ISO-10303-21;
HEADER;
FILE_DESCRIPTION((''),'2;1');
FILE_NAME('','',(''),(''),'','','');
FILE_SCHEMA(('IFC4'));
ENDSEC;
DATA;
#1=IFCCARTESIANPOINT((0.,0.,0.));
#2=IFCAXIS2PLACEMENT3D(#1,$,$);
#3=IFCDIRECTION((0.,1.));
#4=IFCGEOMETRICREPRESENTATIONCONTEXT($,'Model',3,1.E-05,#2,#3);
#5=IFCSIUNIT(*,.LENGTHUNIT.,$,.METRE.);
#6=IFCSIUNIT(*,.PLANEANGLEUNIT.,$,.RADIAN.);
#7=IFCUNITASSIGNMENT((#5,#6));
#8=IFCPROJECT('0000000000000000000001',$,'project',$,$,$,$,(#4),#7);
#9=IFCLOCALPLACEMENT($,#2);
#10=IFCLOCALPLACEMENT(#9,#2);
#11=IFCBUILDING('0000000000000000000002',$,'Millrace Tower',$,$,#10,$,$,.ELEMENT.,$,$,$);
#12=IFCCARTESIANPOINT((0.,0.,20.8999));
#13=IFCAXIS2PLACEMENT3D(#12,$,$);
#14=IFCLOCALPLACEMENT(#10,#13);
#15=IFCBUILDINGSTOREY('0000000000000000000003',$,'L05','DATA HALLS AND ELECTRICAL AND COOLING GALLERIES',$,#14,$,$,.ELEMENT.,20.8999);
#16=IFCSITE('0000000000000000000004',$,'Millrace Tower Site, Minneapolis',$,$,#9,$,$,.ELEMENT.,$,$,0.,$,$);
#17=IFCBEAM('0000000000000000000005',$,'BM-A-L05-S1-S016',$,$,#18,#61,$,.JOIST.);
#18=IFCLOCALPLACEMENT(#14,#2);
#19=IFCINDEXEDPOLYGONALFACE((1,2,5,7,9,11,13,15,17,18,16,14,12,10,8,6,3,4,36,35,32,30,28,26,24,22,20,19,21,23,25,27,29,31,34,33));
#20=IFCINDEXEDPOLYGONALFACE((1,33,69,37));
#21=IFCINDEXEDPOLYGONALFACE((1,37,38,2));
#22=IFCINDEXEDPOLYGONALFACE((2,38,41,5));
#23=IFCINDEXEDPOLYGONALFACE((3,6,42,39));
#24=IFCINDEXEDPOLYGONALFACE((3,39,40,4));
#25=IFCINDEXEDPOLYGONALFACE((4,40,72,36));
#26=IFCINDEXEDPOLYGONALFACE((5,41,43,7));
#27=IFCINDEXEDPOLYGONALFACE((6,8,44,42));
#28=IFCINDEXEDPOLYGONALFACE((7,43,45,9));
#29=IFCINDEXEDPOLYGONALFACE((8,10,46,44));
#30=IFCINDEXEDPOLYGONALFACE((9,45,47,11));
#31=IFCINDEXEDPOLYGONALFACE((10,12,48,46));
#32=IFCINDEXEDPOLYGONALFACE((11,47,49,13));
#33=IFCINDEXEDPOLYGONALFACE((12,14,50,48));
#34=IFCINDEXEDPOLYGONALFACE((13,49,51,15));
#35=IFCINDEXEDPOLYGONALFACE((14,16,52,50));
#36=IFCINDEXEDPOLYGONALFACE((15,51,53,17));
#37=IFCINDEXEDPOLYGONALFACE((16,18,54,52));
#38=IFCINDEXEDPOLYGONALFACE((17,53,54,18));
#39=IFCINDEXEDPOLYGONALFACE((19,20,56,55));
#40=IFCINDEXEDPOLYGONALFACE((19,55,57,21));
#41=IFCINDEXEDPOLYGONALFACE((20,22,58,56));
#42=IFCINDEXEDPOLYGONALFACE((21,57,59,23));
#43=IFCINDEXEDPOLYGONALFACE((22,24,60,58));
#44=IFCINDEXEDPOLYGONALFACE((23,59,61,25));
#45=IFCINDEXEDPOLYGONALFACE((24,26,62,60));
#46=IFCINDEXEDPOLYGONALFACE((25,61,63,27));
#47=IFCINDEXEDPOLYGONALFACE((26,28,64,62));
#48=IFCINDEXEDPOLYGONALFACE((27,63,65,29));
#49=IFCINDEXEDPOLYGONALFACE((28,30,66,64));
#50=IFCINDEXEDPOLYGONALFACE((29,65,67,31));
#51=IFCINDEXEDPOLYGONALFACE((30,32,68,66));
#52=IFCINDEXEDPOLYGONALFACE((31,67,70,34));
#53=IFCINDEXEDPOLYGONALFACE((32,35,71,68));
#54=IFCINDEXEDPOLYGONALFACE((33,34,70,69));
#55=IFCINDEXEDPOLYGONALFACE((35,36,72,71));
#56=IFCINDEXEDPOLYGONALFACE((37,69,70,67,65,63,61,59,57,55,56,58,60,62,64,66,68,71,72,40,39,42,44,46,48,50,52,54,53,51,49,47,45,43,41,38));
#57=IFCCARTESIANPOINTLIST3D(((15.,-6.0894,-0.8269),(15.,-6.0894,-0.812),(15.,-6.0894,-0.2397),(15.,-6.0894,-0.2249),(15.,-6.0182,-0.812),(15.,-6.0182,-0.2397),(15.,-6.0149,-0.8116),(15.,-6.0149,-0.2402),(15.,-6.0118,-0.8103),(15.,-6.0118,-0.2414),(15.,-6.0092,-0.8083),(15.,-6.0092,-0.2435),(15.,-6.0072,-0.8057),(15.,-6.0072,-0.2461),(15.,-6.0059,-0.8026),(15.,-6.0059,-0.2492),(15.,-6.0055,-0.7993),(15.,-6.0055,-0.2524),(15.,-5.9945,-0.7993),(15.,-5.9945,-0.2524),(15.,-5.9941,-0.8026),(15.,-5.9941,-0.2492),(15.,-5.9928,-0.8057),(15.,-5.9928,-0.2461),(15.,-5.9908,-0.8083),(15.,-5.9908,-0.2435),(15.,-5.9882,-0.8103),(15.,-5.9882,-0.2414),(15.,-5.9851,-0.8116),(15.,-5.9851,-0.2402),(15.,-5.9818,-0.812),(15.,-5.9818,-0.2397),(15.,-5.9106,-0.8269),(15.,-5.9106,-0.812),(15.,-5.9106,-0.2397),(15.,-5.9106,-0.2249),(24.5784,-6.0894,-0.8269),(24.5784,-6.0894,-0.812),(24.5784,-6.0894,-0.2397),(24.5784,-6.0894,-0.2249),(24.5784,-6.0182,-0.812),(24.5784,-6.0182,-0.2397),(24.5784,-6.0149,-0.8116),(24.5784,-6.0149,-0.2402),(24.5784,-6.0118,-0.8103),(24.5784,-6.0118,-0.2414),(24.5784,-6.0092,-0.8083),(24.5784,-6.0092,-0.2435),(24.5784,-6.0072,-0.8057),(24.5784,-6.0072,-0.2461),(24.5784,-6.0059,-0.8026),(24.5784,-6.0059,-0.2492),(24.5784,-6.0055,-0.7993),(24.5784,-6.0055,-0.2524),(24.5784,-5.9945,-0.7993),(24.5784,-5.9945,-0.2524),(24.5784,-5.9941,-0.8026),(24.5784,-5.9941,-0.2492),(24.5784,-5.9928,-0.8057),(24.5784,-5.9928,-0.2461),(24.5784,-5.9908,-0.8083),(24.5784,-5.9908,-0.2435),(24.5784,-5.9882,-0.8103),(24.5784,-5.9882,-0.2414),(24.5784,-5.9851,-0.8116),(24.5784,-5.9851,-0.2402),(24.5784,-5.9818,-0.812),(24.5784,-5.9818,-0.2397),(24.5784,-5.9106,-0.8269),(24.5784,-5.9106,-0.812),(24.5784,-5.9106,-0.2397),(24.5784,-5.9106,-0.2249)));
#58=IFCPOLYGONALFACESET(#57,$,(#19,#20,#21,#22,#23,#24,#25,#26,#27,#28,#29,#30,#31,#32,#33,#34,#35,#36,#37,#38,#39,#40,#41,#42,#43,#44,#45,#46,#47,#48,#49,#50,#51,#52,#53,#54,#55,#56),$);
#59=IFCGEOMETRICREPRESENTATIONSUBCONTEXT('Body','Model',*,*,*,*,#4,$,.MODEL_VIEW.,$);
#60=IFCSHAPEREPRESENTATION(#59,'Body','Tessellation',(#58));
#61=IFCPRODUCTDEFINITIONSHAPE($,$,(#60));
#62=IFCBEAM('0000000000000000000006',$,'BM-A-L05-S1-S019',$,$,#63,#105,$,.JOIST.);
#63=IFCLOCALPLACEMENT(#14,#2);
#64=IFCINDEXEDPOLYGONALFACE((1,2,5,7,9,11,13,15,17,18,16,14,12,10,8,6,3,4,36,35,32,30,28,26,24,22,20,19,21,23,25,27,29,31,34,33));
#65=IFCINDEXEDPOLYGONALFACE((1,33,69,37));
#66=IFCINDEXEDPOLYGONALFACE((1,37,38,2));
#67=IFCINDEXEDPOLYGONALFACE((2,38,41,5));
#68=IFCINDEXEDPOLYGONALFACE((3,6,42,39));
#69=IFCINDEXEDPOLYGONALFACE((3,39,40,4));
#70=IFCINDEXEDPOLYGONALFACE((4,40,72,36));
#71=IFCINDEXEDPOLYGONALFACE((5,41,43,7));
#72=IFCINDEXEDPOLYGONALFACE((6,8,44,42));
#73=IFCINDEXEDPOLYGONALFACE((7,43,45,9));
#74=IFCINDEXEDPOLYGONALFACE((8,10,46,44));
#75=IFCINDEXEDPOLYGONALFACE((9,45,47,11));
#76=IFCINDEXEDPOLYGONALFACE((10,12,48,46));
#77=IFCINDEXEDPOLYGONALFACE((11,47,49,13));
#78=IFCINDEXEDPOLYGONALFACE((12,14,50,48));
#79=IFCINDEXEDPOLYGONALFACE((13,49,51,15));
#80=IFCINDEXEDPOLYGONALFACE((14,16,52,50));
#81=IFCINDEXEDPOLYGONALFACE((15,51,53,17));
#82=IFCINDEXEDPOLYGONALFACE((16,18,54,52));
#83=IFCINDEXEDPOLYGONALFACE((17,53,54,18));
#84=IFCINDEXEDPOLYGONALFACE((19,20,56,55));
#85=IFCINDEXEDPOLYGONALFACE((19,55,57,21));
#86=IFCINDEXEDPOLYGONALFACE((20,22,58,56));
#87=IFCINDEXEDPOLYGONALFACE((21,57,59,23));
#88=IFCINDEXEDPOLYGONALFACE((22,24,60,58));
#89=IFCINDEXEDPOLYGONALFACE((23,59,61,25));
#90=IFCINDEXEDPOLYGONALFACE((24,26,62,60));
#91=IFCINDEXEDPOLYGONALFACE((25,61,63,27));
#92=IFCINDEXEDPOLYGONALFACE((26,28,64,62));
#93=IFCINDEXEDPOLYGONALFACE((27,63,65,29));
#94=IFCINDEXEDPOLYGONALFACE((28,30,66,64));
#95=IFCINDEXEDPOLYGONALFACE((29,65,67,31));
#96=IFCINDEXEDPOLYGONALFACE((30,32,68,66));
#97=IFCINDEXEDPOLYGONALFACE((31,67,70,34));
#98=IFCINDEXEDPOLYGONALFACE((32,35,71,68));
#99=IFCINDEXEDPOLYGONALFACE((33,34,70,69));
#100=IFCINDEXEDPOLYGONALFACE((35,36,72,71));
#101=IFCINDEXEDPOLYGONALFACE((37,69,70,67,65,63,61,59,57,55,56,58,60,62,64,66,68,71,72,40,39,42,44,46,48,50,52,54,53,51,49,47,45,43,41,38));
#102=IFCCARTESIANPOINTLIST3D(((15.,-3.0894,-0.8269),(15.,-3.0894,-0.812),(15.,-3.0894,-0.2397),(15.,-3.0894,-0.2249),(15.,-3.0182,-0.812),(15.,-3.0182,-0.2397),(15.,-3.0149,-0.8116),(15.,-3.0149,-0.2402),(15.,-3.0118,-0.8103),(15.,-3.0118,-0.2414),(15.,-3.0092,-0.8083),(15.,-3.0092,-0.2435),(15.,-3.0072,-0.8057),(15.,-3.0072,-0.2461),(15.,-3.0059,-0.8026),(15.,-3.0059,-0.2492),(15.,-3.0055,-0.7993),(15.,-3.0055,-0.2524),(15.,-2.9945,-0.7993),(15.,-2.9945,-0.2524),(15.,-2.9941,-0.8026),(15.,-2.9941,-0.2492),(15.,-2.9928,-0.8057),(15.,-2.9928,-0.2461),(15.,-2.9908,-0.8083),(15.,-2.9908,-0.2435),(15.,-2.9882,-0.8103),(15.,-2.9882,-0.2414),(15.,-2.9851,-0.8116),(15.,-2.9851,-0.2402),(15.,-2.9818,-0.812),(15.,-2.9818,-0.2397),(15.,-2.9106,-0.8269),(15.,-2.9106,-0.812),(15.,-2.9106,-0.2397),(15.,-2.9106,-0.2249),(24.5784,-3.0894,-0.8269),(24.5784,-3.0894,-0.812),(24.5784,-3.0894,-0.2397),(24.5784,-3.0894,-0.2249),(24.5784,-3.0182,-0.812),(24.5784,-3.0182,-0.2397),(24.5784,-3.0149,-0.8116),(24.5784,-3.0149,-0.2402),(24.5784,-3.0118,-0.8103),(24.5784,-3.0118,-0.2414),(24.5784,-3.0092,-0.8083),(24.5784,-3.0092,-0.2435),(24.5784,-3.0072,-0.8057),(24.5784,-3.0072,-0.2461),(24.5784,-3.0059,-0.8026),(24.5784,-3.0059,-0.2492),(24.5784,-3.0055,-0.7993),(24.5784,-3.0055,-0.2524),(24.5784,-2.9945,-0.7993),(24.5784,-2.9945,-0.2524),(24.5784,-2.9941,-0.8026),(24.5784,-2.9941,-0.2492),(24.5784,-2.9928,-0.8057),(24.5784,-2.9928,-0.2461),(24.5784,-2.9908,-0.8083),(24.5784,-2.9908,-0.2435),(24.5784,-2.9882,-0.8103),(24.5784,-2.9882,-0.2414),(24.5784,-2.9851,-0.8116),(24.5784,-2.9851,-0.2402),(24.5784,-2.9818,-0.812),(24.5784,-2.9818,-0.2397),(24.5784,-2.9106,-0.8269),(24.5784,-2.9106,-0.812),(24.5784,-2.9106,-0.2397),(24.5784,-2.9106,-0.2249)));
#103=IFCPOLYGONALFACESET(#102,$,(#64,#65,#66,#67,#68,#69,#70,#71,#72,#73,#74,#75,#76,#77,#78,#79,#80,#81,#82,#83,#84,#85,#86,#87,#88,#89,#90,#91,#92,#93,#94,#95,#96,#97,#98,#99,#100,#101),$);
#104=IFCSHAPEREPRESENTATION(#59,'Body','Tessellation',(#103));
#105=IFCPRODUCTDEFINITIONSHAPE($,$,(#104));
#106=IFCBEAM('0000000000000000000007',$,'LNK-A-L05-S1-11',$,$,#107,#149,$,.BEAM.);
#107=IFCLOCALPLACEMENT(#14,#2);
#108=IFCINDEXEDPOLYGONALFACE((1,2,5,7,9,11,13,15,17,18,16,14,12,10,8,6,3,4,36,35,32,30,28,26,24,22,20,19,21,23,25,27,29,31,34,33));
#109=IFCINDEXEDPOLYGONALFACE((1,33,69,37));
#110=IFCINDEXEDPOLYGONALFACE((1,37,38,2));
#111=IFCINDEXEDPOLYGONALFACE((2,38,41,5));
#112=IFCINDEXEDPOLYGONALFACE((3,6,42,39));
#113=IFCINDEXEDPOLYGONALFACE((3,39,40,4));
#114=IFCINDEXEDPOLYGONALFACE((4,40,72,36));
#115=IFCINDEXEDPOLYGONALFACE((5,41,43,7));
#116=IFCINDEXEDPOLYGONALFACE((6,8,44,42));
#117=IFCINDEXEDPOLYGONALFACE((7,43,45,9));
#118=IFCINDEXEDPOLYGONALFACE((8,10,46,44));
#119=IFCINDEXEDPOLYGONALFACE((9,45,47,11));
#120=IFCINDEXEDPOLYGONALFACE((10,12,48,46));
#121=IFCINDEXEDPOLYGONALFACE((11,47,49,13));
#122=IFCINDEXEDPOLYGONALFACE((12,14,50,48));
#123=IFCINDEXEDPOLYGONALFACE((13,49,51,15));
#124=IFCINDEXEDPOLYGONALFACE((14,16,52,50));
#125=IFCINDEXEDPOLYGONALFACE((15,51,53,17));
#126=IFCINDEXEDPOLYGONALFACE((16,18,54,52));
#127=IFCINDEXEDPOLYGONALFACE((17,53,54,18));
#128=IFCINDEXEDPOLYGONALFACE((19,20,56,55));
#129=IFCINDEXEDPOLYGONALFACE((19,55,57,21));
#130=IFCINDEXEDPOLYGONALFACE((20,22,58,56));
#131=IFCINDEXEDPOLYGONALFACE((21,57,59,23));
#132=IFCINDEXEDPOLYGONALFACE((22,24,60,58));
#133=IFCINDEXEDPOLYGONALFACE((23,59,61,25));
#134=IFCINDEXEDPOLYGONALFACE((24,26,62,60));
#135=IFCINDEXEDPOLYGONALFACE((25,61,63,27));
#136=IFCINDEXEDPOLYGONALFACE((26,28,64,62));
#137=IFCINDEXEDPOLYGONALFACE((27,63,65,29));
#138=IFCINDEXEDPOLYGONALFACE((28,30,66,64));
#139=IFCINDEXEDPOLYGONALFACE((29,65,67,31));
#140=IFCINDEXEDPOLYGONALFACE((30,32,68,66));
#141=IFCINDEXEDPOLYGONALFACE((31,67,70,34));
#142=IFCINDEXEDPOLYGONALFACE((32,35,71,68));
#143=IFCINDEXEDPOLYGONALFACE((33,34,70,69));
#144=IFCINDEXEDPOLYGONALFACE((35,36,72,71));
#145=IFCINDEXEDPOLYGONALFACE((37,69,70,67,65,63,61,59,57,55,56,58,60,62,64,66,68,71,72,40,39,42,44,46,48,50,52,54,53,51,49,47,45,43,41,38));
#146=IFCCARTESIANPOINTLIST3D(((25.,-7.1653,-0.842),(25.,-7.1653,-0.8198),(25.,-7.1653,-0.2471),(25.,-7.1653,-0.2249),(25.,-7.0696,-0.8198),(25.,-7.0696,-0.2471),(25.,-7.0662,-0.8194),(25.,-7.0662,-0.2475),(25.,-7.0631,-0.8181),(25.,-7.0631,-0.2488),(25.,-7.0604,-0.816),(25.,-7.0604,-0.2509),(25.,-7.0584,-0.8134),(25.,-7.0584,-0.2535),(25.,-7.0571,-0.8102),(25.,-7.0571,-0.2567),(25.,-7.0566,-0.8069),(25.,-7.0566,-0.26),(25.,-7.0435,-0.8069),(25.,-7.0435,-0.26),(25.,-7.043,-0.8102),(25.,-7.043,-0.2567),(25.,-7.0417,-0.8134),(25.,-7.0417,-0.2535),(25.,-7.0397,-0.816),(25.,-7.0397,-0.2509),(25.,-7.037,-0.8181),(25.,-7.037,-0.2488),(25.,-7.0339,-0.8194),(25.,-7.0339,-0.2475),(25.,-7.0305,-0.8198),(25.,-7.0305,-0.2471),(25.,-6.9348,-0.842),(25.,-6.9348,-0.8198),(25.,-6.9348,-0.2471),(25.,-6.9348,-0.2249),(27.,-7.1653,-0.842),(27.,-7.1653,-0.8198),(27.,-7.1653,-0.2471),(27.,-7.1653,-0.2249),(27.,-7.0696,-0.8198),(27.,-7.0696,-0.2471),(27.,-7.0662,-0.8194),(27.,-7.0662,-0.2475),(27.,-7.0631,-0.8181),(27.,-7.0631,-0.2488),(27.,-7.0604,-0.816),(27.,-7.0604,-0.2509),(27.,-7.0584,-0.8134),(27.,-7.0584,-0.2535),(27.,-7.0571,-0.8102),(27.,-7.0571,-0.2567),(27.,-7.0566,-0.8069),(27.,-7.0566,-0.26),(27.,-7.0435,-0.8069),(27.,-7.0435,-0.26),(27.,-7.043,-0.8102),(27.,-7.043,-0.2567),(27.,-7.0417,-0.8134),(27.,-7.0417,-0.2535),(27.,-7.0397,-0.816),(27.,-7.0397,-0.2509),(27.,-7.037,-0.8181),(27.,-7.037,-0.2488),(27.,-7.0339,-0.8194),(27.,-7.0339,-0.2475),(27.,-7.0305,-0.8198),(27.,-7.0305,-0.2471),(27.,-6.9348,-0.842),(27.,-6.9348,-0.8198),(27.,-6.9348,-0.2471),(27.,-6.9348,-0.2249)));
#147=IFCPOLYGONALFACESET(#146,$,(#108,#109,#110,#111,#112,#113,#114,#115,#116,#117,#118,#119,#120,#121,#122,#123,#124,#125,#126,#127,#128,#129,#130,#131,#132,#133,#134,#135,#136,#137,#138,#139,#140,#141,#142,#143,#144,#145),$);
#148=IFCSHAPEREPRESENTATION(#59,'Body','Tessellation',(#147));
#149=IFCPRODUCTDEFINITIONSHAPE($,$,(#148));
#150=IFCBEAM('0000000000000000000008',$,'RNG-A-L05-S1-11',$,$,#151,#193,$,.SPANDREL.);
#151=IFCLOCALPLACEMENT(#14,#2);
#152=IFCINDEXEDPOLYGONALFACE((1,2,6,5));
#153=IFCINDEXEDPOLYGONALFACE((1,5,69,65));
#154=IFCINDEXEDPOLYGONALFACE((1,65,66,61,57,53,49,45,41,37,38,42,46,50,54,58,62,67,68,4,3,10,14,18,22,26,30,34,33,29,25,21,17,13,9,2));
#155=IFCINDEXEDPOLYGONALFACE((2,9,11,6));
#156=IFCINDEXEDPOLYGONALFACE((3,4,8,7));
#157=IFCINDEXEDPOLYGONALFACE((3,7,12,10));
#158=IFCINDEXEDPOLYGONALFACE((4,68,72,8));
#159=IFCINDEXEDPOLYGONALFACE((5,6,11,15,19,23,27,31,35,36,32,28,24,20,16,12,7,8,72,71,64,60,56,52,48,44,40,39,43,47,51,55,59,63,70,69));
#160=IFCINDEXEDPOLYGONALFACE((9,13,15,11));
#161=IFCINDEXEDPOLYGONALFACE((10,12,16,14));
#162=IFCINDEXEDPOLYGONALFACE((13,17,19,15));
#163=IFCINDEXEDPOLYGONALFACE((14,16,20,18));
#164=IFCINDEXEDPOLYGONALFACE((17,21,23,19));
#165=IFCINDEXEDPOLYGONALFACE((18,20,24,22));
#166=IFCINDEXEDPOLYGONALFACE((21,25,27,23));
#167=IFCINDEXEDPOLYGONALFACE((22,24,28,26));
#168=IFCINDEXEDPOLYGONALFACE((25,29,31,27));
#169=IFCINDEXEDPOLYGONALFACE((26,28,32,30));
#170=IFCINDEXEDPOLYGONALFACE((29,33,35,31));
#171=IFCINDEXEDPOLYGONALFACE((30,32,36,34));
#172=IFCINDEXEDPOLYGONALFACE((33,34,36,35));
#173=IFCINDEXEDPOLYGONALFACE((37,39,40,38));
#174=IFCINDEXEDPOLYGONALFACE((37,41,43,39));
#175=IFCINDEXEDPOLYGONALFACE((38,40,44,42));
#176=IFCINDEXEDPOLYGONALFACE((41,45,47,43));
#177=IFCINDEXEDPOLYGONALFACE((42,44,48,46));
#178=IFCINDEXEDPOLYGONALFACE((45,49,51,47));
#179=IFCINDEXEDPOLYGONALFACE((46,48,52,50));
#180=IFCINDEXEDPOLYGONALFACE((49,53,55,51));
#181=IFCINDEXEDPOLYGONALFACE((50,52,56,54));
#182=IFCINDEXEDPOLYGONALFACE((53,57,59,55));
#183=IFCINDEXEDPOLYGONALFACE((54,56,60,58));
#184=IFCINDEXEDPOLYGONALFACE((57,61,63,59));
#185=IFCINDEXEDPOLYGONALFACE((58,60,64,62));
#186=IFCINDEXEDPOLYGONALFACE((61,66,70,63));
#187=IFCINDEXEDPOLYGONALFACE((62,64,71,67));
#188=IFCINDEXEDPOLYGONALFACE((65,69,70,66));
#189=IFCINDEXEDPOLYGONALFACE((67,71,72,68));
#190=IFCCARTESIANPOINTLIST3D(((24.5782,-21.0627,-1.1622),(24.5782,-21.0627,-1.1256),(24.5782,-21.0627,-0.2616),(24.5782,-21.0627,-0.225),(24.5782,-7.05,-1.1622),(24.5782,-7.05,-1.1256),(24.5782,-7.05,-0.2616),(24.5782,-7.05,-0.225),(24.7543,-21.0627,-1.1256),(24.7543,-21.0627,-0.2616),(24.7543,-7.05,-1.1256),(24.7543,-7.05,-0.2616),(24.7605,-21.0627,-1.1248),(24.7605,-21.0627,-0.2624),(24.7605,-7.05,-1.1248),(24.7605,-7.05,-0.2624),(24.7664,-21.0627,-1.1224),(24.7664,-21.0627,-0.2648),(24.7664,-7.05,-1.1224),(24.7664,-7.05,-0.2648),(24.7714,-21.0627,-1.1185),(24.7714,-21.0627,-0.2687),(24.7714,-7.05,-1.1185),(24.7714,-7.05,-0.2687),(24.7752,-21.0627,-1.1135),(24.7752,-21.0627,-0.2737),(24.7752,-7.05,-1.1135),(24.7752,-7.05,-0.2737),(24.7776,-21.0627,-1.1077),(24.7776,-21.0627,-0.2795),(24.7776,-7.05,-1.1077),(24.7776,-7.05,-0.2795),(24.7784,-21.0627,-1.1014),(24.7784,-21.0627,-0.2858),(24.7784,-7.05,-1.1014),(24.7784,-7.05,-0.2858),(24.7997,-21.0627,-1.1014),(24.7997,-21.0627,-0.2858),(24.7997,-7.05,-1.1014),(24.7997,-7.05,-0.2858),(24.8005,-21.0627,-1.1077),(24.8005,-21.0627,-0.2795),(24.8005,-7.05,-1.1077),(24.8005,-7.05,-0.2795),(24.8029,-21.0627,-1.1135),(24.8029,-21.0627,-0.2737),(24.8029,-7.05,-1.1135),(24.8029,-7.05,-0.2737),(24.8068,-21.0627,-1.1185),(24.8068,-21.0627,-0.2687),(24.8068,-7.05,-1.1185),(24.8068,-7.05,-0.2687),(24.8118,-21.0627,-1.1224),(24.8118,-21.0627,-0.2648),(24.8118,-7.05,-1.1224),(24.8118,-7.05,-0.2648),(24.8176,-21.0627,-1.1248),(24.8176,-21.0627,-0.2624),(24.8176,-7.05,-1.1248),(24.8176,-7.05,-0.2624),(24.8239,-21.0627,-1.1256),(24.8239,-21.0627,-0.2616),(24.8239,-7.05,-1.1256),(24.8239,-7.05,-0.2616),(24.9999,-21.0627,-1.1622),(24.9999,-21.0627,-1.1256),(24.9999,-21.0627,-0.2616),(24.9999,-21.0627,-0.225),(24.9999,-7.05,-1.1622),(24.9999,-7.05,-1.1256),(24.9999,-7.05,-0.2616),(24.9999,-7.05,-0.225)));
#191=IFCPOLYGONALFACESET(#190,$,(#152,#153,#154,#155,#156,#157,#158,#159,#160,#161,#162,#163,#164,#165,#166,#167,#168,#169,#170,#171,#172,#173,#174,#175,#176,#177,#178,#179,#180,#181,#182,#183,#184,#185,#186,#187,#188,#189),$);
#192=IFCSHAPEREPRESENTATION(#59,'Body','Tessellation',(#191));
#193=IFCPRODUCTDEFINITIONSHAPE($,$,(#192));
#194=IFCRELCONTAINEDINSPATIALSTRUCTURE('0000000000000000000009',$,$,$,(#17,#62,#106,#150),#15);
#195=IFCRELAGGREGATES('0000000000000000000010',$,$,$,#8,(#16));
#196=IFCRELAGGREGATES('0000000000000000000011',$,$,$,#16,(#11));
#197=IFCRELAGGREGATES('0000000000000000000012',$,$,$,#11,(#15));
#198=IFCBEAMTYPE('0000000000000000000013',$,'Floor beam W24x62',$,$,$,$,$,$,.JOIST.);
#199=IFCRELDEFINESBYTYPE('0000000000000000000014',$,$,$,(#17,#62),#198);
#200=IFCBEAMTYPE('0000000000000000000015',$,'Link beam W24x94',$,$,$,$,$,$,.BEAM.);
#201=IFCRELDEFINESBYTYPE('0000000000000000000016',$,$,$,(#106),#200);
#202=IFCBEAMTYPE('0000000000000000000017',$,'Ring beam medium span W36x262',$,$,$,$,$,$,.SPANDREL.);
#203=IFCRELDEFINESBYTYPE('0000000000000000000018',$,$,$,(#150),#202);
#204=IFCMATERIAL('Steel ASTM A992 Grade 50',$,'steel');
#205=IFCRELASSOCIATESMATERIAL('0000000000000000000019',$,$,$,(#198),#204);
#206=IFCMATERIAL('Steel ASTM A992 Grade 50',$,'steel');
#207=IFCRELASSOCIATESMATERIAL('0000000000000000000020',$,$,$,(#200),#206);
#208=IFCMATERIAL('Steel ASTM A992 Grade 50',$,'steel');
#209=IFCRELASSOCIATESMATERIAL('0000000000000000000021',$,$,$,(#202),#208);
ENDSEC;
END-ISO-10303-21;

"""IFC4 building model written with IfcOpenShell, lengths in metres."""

from ifc_helpers import new_model, si_unit, direction, frame, origin, origin_2d, place, context, subcontext, project, spatial, i_section, extrude, material, material_profile, profile_set, type_object, element, save


model = new_model("IFC4")

# Units and contexts
model_context = context("Model", 3, precision=1e-05, world=origin(), true_north=direction((0.0, 1.0)))
body_context = subcontext(model_context, "Body", "Model", "MODEL_VIEW")
ifc_project = project(units=[si_unit("LENGTHUNIT", "METRE"), si_unit("PLANEANGLEUNIT", "RADIAN")], contexts=[model_context])

# Site, building, storey
site_placement = place(None, origin())
site = spatial("IfcSite", under=ifc_project, at=site_placement, Name="Millrace Tower Site, Minneapolis", CompositionType="ELEMENT", RefElevation=0.0)
building_placement = place(site_placement, origin())
building = spatial("IfcBuilding", under=site, at=building_placement, Name="Millrace Tower", CompositionType="ELEMENT")
storey_placement = place(building_placement, frame((0.0, 0.0, 20.8999)))
storey = spatial("IfcBuildingStorey", under=building, at=storey_placement, Name="L05", Description="DATA HALLS AND ELECTRICAL AND COOLING GALLERIES", CompositionType="ELEMENT", Elevation=20.8999)

# Beams
ifc_material_1 = material(Name="Steel ASTM A992 Grade 50", Category="steel")
ifc_material_profile_1 = material_profile(ifc_material_1, i_section(OverallWidth=0.1787, OverallDepth=0.6021, WebThickness=0.011, FlangeThickness=0.0149, FilletRadius=0.0127, at=origin_2d()))
ifc_profile_set_1 = profile_set([ifc_material_profile_1], Name="Steel ASTM A992 Grade 50")
beam_type_1 = type_object("IfcBeamType", Name="Floor beam W24x62", PredefinedType="JOIST", material=ifc_profile_set_1)
for number, where, z_axis, x_axis, name in (
    (1, (15.0, -6.0, -0.5259), (1.0, 0.0, 0.0), (0.0, 1.0, 0.0), "BM-A-L05-S1-S016"),
    (2, (15.0, -3.0, -0.5259), (1.0, 0.0, 0.0), (0.0, 1.0, 0.0), "BM-A-L05-S1-S019"),
):
    element("IfcBeam", number, at=place(storey_placement, frame(where, z_axis=z_axis, x_axis=x_axis)), inside=storey, type_object=beam_type_1, Name=name, PredefinedType="JOIST", context=body_context, shape_type="SweptSolid", body=[
        extrude(i_section(OverallWidth=0.1787, OverallDepth=0.6021, WebThickness=0.011, FlangeThickness=0.0149, FilletRadius=0.0127, at=origin_2d()), origin(), (0.0, 0.0, 1.0), 9.5784),
    ])
ifc_material_2 = material(Name="Steel ASTM A992 Grade 50", Category="steel")
ifc_material_profile_2 = material_profile(ifc_material_2, i_section(OverallWidth=0.2305, OverallDepth=0.6172, WebThickness=0.0132, FlangeThickness=0.0222, FilletRadius=0.0129, at=origin_2d()))
ifc_profile_set_2 = profile_set([ifc_material_profile_2], Name="Steel ASTM A992 Grade 50")
beam_type_2 = type_object("IfcBeamType", Name="Link beam W24x94", PredefinedType="BEAM", material=ifc_profile_set_2)
beam_1_placement = place(storey_placement, frame((25.0, -7.05, -0.5334), z_axis=(1.0, 0.0, 0.0), x_axis=(0.0, 1.0, 0.0)))
element("IfcBeam", 3, at=beam_1_placement, inside=storey, type_object=beam_type_2, Name="LNK-A-L05-S1-11", PredefinedType="BEAM", context=body_context, shape_type="SweptSolid", body=[
    extrude(i_section(OverallWidth=0.2305, OverallDepth=0.6172, WebThickness=0.0132, FlangeThickness=0.0222, FilletRadius=0.0129, at=origin_2d()), origin(), (0.0, 0.0, 1.0), 2.0),
])
ifc_material_3 = material(Name="Steel ASTM A992 Grade 50", Category="steel")
ifc_material_profile_3 = material_profile(ifc_material_3, i_section(OverallWidth=0.4216, OverallDepth=0.9373, WebThickness=0.0212, FlangeThickness=0.0366, FilletRadius=0.0242, at=origin_2d()))
ifc_profile_set_3 = profile_set([ifc_material_profile_3], Name="Steel ASTM A992 Grade 50")
beam_type_3 = type_object("IfcBeamType", Name="Ring beam medium span W36x262", PredefinedType="SPANDREL", material=ifc_profile_set_3)
beam_2_placement = place(storey_placement, frame((24.7891, -7.05, -0.6936), z_axis=(0.0, -1.0, 0.0), x_axis=(1.0, 0.0, 0.0)))
element("IfcBeam", 4, at=beam_2_placement, inside=storey, type_object=beam_type_3, Name="RNG-A-L05-S1-11", PredefinedType="SPANDREL", context=body_context, shape_type="SweptSolid", body=[
    extrude(i_section(OverallWidth=0.4216, OverallDepth=0.9373, WebThickness=0.0212, FlangeThickness=0.0366, FilletRadius=0.0242, at=origin_2d()), origin(), (0.0, 0.0, 1.0), 14.0127),
])

save(model, "model.ifc")
